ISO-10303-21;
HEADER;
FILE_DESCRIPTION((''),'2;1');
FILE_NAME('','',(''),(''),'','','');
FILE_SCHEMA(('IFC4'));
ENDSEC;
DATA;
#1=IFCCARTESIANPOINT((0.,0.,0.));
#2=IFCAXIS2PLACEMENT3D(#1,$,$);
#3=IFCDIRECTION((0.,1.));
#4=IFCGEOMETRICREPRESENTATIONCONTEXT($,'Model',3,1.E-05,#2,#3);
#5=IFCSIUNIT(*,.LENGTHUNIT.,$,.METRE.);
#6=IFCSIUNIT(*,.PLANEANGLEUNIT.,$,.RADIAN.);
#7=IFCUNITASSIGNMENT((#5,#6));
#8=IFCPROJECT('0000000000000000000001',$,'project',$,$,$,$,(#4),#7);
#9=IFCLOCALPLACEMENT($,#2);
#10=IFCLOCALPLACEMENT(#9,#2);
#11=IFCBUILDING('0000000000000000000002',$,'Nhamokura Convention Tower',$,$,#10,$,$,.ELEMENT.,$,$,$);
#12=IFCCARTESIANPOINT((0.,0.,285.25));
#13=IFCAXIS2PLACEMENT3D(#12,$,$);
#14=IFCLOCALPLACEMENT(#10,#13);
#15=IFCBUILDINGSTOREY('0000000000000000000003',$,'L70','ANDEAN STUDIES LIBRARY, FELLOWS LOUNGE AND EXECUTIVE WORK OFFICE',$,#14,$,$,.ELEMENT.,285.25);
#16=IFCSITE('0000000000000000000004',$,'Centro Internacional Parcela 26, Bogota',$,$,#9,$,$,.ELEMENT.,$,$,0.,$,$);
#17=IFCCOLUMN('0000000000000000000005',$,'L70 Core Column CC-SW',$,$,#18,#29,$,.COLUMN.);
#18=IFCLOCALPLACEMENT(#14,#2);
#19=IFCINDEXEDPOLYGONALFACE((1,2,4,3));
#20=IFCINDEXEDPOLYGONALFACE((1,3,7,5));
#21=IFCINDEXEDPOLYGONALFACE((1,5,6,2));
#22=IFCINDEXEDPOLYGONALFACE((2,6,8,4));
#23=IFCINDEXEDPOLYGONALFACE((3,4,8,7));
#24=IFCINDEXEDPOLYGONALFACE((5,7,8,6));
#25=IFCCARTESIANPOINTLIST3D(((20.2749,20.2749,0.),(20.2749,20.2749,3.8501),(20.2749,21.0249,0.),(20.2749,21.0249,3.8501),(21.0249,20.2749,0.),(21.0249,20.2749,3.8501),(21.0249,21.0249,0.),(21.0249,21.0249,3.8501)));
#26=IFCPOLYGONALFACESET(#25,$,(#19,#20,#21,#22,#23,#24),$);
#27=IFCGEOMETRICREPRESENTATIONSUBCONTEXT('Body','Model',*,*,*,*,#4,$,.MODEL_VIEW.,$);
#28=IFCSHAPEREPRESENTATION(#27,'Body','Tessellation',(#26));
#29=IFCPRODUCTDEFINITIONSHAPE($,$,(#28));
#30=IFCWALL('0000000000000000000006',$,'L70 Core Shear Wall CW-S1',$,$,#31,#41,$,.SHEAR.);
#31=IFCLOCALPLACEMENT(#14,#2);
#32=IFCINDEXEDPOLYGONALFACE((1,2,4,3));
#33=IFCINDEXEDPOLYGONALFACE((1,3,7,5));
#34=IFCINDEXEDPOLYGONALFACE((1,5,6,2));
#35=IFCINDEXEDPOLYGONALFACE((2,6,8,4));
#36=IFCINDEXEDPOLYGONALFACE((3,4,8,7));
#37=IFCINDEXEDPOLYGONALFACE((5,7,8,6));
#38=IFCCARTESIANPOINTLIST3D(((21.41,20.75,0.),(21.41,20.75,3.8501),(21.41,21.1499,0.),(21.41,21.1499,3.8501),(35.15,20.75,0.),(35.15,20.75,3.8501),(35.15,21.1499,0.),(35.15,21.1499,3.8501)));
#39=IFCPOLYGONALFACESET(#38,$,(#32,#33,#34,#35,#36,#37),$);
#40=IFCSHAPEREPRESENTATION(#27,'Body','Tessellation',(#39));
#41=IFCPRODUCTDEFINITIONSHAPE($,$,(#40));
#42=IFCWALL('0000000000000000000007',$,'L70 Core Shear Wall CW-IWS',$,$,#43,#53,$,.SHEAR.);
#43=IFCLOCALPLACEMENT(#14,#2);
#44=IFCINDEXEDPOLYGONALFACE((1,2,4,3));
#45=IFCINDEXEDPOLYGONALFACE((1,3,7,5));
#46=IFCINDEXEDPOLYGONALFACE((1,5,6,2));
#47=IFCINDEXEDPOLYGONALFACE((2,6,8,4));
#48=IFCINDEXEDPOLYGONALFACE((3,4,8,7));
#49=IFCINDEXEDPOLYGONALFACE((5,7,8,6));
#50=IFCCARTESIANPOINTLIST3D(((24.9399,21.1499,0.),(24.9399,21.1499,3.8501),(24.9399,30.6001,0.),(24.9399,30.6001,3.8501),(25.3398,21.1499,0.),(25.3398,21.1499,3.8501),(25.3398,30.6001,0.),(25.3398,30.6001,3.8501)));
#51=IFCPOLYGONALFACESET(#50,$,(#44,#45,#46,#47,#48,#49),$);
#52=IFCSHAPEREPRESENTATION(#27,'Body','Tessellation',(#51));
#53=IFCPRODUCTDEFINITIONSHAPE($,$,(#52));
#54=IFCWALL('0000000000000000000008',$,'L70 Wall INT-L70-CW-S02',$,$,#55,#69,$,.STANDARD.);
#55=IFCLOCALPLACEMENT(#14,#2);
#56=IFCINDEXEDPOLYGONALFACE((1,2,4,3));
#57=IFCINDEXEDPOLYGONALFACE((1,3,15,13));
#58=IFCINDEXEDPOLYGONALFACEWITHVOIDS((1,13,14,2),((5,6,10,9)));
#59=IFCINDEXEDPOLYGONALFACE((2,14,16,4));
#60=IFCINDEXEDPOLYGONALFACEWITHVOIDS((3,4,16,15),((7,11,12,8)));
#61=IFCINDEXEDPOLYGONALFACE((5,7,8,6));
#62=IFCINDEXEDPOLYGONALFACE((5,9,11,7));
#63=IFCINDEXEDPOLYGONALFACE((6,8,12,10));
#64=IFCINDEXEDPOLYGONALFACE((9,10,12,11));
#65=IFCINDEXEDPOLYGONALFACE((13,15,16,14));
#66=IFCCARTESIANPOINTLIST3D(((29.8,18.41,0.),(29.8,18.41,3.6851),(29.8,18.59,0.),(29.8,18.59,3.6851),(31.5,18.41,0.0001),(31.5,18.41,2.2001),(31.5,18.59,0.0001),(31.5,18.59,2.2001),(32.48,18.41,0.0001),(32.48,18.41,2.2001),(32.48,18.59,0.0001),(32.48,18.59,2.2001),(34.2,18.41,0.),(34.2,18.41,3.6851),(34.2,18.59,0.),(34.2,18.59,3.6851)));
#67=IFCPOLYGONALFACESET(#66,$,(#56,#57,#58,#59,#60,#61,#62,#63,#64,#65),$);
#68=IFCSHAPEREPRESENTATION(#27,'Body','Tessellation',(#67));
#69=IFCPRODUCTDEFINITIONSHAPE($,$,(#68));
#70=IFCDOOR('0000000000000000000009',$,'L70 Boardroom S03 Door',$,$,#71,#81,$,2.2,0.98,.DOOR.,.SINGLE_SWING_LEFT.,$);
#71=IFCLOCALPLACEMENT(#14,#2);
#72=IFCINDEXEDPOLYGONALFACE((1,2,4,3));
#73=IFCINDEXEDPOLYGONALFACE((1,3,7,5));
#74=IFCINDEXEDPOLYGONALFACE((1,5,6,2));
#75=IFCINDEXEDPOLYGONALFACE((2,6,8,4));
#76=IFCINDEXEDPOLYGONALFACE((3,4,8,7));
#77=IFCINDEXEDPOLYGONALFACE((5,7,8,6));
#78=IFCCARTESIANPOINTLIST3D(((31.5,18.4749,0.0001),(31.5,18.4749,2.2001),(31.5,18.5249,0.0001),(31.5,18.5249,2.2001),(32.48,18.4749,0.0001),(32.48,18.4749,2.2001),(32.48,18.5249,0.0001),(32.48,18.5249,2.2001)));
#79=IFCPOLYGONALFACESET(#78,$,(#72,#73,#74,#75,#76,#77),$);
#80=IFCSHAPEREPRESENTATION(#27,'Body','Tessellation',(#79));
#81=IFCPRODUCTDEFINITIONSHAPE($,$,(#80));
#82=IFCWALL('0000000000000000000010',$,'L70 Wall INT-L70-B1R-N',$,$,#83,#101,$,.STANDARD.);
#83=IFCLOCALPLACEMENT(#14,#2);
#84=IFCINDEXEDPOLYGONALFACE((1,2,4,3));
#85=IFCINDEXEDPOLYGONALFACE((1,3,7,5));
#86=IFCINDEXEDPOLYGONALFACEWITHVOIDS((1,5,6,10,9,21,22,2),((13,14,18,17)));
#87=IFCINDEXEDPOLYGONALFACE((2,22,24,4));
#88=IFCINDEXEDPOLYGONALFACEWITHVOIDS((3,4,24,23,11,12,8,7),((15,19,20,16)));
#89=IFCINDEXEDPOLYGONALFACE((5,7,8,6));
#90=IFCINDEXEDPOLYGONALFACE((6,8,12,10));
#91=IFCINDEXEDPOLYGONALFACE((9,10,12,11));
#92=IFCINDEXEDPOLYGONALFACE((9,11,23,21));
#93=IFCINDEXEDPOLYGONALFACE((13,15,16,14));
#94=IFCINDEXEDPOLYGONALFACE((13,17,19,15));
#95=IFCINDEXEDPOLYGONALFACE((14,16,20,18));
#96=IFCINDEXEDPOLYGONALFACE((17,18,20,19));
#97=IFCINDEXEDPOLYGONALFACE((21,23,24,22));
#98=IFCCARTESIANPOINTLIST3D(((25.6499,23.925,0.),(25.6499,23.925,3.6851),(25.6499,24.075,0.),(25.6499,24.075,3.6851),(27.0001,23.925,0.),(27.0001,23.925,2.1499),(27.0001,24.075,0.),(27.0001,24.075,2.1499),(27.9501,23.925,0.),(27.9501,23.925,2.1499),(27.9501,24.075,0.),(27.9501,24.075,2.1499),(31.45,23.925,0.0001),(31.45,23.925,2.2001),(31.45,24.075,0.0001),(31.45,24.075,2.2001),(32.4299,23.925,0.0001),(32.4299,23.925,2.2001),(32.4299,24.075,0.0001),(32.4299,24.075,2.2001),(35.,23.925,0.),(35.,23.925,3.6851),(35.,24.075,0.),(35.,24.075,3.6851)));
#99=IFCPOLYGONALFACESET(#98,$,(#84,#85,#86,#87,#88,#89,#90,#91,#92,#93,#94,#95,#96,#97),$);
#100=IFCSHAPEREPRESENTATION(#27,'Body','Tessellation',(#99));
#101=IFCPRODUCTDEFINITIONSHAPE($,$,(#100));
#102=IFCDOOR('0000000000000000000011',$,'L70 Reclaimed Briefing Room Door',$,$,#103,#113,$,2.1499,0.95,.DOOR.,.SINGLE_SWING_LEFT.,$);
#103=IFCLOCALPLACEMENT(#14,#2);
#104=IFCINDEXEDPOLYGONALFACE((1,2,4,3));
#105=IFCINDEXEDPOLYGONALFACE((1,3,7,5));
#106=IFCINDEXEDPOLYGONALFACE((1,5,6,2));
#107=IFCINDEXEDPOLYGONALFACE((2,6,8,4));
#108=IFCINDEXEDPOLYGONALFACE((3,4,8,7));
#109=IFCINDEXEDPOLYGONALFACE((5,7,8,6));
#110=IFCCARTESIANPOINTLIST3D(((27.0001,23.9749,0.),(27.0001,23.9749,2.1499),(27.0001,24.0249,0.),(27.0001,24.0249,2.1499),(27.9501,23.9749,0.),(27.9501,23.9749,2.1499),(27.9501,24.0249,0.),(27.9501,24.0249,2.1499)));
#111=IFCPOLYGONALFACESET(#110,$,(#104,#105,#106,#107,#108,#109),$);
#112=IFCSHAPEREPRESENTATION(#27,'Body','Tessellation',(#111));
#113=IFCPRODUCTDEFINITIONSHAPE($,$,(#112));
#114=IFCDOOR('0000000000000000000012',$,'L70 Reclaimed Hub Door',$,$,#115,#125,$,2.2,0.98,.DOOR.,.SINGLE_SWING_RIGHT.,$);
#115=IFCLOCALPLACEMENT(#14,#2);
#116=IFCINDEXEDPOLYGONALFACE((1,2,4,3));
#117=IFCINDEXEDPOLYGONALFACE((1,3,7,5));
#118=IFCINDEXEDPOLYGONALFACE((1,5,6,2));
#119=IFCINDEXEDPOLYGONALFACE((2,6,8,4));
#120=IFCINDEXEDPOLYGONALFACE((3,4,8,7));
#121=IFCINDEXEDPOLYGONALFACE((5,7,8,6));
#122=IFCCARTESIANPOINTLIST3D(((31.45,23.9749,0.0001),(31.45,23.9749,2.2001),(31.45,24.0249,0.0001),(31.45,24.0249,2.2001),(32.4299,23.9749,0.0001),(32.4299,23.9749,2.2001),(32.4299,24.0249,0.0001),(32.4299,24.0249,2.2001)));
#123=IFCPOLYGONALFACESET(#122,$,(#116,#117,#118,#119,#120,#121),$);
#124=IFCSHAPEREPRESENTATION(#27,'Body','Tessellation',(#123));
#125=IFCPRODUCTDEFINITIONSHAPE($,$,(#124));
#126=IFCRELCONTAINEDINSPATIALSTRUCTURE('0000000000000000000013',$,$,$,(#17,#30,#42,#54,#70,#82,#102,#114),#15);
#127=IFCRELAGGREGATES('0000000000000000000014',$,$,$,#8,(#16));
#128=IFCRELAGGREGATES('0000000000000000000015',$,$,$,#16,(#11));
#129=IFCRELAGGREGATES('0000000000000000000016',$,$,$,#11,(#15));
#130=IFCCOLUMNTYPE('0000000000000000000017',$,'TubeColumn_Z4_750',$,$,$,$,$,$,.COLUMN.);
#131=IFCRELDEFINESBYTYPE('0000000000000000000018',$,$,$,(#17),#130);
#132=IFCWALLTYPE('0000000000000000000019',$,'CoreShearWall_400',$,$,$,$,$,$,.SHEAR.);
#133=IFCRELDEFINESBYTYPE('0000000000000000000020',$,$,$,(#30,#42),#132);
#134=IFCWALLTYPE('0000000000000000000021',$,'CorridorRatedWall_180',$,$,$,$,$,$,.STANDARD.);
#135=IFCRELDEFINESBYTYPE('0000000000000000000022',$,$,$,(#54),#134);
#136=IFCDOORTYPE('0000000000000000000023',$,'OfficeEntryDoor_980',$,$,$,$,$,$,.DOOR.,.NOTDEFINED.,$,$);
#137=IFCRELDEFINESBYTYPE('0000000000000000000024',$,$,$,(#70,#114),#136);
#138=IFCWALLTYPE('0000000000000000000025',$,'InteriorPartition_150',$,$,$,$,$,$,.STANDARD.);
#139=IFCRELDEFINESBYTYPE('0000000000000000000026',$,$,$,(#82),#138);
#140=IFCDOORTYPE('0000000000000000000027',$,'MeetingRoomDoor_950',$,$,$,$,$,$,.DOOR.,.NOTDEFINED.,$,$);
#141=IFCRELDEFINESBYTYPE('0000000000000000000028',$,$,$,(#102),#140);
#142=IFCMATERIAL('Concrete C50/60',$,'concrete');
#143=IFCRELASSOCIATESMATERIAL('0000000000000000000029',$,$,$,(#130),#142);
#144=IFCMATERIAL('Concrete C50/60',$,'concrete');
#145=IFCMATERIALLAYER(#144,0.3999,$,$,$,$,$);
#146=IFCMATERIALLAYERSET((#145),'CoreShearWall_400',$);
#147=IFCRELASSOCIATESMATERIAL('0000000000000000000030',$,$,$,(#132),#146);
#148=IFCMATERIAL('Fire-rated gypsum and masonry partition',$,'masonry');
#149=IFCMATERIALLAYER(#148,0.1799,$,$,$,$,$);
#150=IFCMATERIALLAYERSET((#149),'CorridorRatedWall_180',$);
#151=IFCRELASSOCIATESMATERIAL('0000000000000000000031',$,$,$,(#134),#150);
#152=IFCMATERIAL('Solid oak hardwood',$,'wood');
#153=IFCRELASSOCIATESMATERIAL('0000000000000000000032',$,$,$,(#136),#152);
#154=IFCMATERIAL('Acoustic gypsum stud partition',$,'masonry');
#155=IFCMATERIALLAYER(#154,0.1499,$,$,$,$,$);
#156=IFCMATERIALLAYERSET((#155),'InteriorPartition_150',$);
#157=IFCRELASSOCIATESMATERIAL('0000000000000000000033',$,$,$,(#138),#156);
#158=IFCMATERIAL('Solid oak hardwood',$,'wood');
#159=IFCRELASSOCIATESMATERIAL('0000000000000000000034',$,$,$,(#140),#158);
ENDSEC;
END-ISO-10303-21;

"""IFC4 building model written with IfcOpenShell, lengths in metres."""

from ifc_helpers import new_model, si_unit, direction, frame, frame_2d, origin, origin_2d, place, context, subcontext, project, spatial, rectangle, extrude, material, layer, layer_set, material_profile, profile_set, type_object, element, fill, save


model = new_model("IFC4")

# Units and contexts
model_context = context("Model", 3, precision=1e-05, world=origin(), true_north=direction((0.0, 1.0)))
body_context = subcontext(model_context, "Body", "Model", "MODEL_VIEW")
ifc_project = project(units=[si_unit("LENGTHUNIT", "METRE"), si_unit("PLANEANGLEUNIT", "RADIAN")], contexts=[model_context])

# Site, building, storey
site_placement = place(None, origin())
site = spatial("IfcSite", under=ifc_project, at=site_placement, Name="Centro Internacional Parcela 26, Bogota", CompositionType="ELEMENT", RefElevation=0.0)
building_placement = place(site_placement, origin())
building = spatial("IfcBuilding", under=site, at=building_placement, Name="Nhamokura Convention Tower", CompositionType="ELEMENT")
storey_placement = place(building_placement, frame((0.0, 0.0, 285.25)))
storey = spatial("IfcBuildingStorey", under=building, at=storey_placement, Name="L70", Description="ANDEAN STUDIES LIBRARY, FELLOWS LOUNGE AND EXECUTIVE WORK OFFICE", CompositionType="ELEMENT", Elevation=285.25)

# Column
ifc_material_1 = material(Name="Concrete C50/60", Category="concrete")
ifc_material_profile = material_profile(ifc_material_1, rectangle(XDim=0.75, YDim=0.75, at=origin_2d()))
ifc_profile_set = profile_set([ifc_material_profile], Name="Concrete C50/60")
column_type = type_object("IfcColumnType", Name="TubeColumn_Z4_750", PredefinedType="COLUMN", material=ifc_profile_set)
column_placement = place(storey_placement, frame((20.6499, 20.6499, 0.0), z_axis=(0.0, 0.0, 1.0), x_axis=(1.0, 0.0, 0.0)))
element("IfcColumn", 1, at=column_placement, inside=storey, type_object=column_type, Name="L70 Core Column CC-SW", PredefinedType="COLUMN", context=body_context, shape_type="SweptSolid", body=[
    extrude(rectangle(XDim=0.75, YDim=0.75, at=origin_2d()), origin(), (0.0, 0.0, 1.0), 3.8501),
])

# Shared definitions
ifc_material_2 = material(Name="Concrete C50/60", Category="concrete")
ifc_layer_1 = layer(ifc_material_2, 0.3999)
ifc_layer_set_1 = layer_set([ifc_layer_1], Name="CoreShearWall_400")
wall_type_1 = type_object("IfcWallType", Name="CoreShearWall_400", PredefinedType="SHEAR", material=ifc_layer_set_1)

# Walls
wall_1_placement = place(storey_placement, frame((21.4099, 20.95, 0.0), z_axis=(0.0, 0.0, 1.0), x_axis=(1.0, 0.0, 0.0)))
element("IfcWall", 2, at=wall_1_placement, inside=storey, type_object=wall_type_1, Name="L70 Core Shear Wall CW-S1", PredefinedType="SHEAR", context=body_context, shape_type="SweptSolid", body=[
    extrude(rectangle(XDim=13.74, YDim=0.3999, at=frame_2d((6.8701, 0.0))), origin(), (0.0, 0.0, 1.0), 3.8501),
])
wall_2_placement = place(storey_placement, frame((25.1399, 21.1499, 0.0), z_axis=(0.0, 0.0, 1.0), x_axis=(0.0, 1.0, 0.0)))
element("IfcWall", 3, at=wall_2_placement, inside=storey, type_object=wall_type_1, Name="L70 Core Shear Wall CW-IWS", PredefinedType="SHEAR", context=body_context, shape_type="SweptSolid", body=[
    extrude(rectangle(XDim=9.4502, YDim=0.3999, at=frame_2d((4.7251, 0.0))), origin(), (0.0, 0.0, 1.0), 3.8501),
])

# Wall, opening, door
ifc_material_3 = material(Name="Fire-rated gypsum and masonry partition", Category="masonry")
ifc_layer_2 = layer(ifc_material_3, 0.1799)
ifc_layer_set_2 = layer_set([ifc_layer_2], Name="CorridorRatedWall_180")
wall_type_2 = type_object("IfcWallType", Name="CorridorRatedWall_180", PredefinedType="STANDARD", material=ifc_layer_set_2)
wall_3_placement = place(storey_placement, frame((29.8, 18.5, 0.0), z_axis=(0.0, 0.0, 1.0), x_axis=(1.0, 0.0, 0.0)))
wall_3 = element("IfcWall", 4, at=wall_3_placement, inside=storey, type_object=wall_type_2, Name="L70 Wall INT-L70-CW-S02", PredefinedType="STANDARD", context=body_context, shape_type="SweptSolid", body=[
    extrude(rectangle(XDim=4.3999, YDim=0.1799, at=frame_2d((2.2, 0.0))), origin(), (0.0, 0.0, 1.0), 3.6851),
])
opening_1_placement = place(wall_3_placement, frame((1.7, 0.0, 0.0)))
opening_1 = element("IfcOpeningElement", 5, at=opening_1_placement, cuts=wall_3, PredefinedType="OPENING", context=body_context, shape_type="SweptSolid", body=[
    extrude(rectangle(XDim=0.98, YDim=2.2, at=frame_2d((0.49, 1.1001))), frame((0.0, 0.0999, 0.0), z_axis=(0.0, -1.0, 0.0), x_axis=(1.0, 0.0, 0.0)), (0.0, 0.0, 1.0), 0.2),
])
ifc_material_4 = material(Name="Solid oak hardwood", Category="wood")
door_type_1 = type_object("IfcDoorType", Name="OfficeEntryDoor_980", OperationType="NOTDEFINED", PredefinedType="DOOR", material=ifc_material_4)
door_1_placement = place(opening_1_placement, origin())
door_1 = element("IfcDoor", 6, at=door_1_placement, inside=storey, type_object=door_type_1, Name="L70 Boardroom S03 Door", OperationType="SINGLE_SWING_LEFT", OverallHeight=2.2, OverallWidth=0.98, PredefinedType="DOOR", context=body_context, shape_type="SweptSolid", body=[
    extrude(rectangle(XDim=0.98, YDim=2.2, at=frame_2d((0.49, 1.1001))), frame((0.0, 0.0249, 0.0), z_axis=(0.0, -1.0, 0.0), x_axis=(1.0, 0.0, 0.0)), (0.0, 0.0, 1.0), 0.05),
])
fill(opening_1, door_1)

# Wall, openings, doors
ifc_material_5 = material(Name="Acoustic gypsum stud partition", Category="masonry")
ifc_layer_3 = layer(ifc_material_5, 0.1499)
ifc_layer_set_3 = layer_set([ifc_layer_3], Name="InteriorPartition_150")
wall_type_3 = type_object("IfcWallType", Name="InteriorPartition_150", PredefinedType="STANDARD", material=ifc_layer_set_3)
wall_4_placement = place(storey_placement, frame((25.6499, 24.0, 0.0), z_axis=(0.0, 0.0, 1.0), x_axis=(1.0, 0.0, 0.0)))
wall_4 = element("IfcWall", 7, at=wall_4_placement, inside=storey, type_object=wall_type_3, Name="L70 Wall INT-L70-B1R-N", PredefinedType="STANDARD", context=body_context, shape_type="SweptSolid", body=[
    extrude(rectangle(XDim=9.3501, YDim=0.1499, at=frame_2d((4.675, 0.0))), origin(), (0.0, 0.0, 1.0), 3.6851),
])
opening_2_placement = place(wall_4_placement, frame((1.3501, 0.0, 0.0)))
opening_2 = element("IfcOpeningElement", 8, at=opening_2_placement, cuts=wall_4, PredefinedType="OPENING", context=body_context, shape_type="SweptSolid", body=[
    extrude(rectangle(XDim=0.95, YDim=2.1499, at=frame_2d((0.4751, 1.075))), frame((0.0, 0.085, 0.0), z_axis=(0.0, -1.0, 0.0), x_axis=(1.0, 0.0, 0.0)), (0.0, 0.0, 1.0), 0.1699),
])
opening_3_placement = place(wall_4_placement, frame((5.8, 0.0, 0.0)))
opening_3 = element("IfcOpeningElement", 9, at=opening_3_placement, cuts=wall_4, PredefinedType="OPENING", context=body_context, shape_type="SweptSolid", body=[
    extrude(rectangle(XDim=0.98, YDim=2.2, at=frame_2d((0.49, 1.1001))), frame((0.0, 0.085, 0.0), z_axis=(0.0, -1.0, 0.0), x_axis=(1.0, 0.0, 0.0)), (0.0, 0.0, 1.0), 0.1699),
])
ifc_material_6 = material(Name="Solid oak hardwood", Category="wood")
door_type_2 = type_object("IfcDoorType", Name="MeetingRoomDoor_950", OperationType="NOTDEFINED", PredefinedType="DOOR", material=ifc_material_6)
door_2_placement = place(opening_2_placement, origin())
door_2 = element("IfcDoor", 10, at=door_2_placement, inside=storey, type_object=door_type_2, Name="L70 Reclaimed Briefing Room Door", OperationType="SINGLE_SWING_LEFT", OverallHeight=2.1499, OverallWidth=0.95, PredefinedType="DOOR", context=body_context, shape_type="SweptSolid", body=[
    extrude(rectangle(XDim=0.95, YDim=2.1499, at=frame_2d((0.4751, 1.075))), frame((0.0, 0.0249, 0.0), z_axis=(0.0, -1.0, 0.0), x_axis=(1.0, 0.0, 0.0)), (0.0, 0.0, 1.0), 0.05),
])
fill(opening_2, door_2)
door_3_placement = place(opening_3_placement, origin())
door_3 = element("IfcDoor", 11, at=door_3_placement, inside=storey, type_object=door_type_1, Name="L70 Reclaimed Hub Door", OperationType="SINGLE_SWING_RIGHT", OverallHeight=2.2, OverallWidth=0.98, PredefinedType="DOOR", context=body_context, shape_type="SweptSolid", body=[
    extrude(rectangle(XDim=0.98, YDim=2.2, at=frame_2d((0.49, 1.1001))), frame((0.0, 0.0249, 0.0), z_axis=(0.0, -1.0, 0.0), x_axis=(1.0, 0.0, 0.0)), (0.0, 0.0, 1.0), 0.05),
])
fill(opening_3, door_3)

save(model, "model.ifc")
